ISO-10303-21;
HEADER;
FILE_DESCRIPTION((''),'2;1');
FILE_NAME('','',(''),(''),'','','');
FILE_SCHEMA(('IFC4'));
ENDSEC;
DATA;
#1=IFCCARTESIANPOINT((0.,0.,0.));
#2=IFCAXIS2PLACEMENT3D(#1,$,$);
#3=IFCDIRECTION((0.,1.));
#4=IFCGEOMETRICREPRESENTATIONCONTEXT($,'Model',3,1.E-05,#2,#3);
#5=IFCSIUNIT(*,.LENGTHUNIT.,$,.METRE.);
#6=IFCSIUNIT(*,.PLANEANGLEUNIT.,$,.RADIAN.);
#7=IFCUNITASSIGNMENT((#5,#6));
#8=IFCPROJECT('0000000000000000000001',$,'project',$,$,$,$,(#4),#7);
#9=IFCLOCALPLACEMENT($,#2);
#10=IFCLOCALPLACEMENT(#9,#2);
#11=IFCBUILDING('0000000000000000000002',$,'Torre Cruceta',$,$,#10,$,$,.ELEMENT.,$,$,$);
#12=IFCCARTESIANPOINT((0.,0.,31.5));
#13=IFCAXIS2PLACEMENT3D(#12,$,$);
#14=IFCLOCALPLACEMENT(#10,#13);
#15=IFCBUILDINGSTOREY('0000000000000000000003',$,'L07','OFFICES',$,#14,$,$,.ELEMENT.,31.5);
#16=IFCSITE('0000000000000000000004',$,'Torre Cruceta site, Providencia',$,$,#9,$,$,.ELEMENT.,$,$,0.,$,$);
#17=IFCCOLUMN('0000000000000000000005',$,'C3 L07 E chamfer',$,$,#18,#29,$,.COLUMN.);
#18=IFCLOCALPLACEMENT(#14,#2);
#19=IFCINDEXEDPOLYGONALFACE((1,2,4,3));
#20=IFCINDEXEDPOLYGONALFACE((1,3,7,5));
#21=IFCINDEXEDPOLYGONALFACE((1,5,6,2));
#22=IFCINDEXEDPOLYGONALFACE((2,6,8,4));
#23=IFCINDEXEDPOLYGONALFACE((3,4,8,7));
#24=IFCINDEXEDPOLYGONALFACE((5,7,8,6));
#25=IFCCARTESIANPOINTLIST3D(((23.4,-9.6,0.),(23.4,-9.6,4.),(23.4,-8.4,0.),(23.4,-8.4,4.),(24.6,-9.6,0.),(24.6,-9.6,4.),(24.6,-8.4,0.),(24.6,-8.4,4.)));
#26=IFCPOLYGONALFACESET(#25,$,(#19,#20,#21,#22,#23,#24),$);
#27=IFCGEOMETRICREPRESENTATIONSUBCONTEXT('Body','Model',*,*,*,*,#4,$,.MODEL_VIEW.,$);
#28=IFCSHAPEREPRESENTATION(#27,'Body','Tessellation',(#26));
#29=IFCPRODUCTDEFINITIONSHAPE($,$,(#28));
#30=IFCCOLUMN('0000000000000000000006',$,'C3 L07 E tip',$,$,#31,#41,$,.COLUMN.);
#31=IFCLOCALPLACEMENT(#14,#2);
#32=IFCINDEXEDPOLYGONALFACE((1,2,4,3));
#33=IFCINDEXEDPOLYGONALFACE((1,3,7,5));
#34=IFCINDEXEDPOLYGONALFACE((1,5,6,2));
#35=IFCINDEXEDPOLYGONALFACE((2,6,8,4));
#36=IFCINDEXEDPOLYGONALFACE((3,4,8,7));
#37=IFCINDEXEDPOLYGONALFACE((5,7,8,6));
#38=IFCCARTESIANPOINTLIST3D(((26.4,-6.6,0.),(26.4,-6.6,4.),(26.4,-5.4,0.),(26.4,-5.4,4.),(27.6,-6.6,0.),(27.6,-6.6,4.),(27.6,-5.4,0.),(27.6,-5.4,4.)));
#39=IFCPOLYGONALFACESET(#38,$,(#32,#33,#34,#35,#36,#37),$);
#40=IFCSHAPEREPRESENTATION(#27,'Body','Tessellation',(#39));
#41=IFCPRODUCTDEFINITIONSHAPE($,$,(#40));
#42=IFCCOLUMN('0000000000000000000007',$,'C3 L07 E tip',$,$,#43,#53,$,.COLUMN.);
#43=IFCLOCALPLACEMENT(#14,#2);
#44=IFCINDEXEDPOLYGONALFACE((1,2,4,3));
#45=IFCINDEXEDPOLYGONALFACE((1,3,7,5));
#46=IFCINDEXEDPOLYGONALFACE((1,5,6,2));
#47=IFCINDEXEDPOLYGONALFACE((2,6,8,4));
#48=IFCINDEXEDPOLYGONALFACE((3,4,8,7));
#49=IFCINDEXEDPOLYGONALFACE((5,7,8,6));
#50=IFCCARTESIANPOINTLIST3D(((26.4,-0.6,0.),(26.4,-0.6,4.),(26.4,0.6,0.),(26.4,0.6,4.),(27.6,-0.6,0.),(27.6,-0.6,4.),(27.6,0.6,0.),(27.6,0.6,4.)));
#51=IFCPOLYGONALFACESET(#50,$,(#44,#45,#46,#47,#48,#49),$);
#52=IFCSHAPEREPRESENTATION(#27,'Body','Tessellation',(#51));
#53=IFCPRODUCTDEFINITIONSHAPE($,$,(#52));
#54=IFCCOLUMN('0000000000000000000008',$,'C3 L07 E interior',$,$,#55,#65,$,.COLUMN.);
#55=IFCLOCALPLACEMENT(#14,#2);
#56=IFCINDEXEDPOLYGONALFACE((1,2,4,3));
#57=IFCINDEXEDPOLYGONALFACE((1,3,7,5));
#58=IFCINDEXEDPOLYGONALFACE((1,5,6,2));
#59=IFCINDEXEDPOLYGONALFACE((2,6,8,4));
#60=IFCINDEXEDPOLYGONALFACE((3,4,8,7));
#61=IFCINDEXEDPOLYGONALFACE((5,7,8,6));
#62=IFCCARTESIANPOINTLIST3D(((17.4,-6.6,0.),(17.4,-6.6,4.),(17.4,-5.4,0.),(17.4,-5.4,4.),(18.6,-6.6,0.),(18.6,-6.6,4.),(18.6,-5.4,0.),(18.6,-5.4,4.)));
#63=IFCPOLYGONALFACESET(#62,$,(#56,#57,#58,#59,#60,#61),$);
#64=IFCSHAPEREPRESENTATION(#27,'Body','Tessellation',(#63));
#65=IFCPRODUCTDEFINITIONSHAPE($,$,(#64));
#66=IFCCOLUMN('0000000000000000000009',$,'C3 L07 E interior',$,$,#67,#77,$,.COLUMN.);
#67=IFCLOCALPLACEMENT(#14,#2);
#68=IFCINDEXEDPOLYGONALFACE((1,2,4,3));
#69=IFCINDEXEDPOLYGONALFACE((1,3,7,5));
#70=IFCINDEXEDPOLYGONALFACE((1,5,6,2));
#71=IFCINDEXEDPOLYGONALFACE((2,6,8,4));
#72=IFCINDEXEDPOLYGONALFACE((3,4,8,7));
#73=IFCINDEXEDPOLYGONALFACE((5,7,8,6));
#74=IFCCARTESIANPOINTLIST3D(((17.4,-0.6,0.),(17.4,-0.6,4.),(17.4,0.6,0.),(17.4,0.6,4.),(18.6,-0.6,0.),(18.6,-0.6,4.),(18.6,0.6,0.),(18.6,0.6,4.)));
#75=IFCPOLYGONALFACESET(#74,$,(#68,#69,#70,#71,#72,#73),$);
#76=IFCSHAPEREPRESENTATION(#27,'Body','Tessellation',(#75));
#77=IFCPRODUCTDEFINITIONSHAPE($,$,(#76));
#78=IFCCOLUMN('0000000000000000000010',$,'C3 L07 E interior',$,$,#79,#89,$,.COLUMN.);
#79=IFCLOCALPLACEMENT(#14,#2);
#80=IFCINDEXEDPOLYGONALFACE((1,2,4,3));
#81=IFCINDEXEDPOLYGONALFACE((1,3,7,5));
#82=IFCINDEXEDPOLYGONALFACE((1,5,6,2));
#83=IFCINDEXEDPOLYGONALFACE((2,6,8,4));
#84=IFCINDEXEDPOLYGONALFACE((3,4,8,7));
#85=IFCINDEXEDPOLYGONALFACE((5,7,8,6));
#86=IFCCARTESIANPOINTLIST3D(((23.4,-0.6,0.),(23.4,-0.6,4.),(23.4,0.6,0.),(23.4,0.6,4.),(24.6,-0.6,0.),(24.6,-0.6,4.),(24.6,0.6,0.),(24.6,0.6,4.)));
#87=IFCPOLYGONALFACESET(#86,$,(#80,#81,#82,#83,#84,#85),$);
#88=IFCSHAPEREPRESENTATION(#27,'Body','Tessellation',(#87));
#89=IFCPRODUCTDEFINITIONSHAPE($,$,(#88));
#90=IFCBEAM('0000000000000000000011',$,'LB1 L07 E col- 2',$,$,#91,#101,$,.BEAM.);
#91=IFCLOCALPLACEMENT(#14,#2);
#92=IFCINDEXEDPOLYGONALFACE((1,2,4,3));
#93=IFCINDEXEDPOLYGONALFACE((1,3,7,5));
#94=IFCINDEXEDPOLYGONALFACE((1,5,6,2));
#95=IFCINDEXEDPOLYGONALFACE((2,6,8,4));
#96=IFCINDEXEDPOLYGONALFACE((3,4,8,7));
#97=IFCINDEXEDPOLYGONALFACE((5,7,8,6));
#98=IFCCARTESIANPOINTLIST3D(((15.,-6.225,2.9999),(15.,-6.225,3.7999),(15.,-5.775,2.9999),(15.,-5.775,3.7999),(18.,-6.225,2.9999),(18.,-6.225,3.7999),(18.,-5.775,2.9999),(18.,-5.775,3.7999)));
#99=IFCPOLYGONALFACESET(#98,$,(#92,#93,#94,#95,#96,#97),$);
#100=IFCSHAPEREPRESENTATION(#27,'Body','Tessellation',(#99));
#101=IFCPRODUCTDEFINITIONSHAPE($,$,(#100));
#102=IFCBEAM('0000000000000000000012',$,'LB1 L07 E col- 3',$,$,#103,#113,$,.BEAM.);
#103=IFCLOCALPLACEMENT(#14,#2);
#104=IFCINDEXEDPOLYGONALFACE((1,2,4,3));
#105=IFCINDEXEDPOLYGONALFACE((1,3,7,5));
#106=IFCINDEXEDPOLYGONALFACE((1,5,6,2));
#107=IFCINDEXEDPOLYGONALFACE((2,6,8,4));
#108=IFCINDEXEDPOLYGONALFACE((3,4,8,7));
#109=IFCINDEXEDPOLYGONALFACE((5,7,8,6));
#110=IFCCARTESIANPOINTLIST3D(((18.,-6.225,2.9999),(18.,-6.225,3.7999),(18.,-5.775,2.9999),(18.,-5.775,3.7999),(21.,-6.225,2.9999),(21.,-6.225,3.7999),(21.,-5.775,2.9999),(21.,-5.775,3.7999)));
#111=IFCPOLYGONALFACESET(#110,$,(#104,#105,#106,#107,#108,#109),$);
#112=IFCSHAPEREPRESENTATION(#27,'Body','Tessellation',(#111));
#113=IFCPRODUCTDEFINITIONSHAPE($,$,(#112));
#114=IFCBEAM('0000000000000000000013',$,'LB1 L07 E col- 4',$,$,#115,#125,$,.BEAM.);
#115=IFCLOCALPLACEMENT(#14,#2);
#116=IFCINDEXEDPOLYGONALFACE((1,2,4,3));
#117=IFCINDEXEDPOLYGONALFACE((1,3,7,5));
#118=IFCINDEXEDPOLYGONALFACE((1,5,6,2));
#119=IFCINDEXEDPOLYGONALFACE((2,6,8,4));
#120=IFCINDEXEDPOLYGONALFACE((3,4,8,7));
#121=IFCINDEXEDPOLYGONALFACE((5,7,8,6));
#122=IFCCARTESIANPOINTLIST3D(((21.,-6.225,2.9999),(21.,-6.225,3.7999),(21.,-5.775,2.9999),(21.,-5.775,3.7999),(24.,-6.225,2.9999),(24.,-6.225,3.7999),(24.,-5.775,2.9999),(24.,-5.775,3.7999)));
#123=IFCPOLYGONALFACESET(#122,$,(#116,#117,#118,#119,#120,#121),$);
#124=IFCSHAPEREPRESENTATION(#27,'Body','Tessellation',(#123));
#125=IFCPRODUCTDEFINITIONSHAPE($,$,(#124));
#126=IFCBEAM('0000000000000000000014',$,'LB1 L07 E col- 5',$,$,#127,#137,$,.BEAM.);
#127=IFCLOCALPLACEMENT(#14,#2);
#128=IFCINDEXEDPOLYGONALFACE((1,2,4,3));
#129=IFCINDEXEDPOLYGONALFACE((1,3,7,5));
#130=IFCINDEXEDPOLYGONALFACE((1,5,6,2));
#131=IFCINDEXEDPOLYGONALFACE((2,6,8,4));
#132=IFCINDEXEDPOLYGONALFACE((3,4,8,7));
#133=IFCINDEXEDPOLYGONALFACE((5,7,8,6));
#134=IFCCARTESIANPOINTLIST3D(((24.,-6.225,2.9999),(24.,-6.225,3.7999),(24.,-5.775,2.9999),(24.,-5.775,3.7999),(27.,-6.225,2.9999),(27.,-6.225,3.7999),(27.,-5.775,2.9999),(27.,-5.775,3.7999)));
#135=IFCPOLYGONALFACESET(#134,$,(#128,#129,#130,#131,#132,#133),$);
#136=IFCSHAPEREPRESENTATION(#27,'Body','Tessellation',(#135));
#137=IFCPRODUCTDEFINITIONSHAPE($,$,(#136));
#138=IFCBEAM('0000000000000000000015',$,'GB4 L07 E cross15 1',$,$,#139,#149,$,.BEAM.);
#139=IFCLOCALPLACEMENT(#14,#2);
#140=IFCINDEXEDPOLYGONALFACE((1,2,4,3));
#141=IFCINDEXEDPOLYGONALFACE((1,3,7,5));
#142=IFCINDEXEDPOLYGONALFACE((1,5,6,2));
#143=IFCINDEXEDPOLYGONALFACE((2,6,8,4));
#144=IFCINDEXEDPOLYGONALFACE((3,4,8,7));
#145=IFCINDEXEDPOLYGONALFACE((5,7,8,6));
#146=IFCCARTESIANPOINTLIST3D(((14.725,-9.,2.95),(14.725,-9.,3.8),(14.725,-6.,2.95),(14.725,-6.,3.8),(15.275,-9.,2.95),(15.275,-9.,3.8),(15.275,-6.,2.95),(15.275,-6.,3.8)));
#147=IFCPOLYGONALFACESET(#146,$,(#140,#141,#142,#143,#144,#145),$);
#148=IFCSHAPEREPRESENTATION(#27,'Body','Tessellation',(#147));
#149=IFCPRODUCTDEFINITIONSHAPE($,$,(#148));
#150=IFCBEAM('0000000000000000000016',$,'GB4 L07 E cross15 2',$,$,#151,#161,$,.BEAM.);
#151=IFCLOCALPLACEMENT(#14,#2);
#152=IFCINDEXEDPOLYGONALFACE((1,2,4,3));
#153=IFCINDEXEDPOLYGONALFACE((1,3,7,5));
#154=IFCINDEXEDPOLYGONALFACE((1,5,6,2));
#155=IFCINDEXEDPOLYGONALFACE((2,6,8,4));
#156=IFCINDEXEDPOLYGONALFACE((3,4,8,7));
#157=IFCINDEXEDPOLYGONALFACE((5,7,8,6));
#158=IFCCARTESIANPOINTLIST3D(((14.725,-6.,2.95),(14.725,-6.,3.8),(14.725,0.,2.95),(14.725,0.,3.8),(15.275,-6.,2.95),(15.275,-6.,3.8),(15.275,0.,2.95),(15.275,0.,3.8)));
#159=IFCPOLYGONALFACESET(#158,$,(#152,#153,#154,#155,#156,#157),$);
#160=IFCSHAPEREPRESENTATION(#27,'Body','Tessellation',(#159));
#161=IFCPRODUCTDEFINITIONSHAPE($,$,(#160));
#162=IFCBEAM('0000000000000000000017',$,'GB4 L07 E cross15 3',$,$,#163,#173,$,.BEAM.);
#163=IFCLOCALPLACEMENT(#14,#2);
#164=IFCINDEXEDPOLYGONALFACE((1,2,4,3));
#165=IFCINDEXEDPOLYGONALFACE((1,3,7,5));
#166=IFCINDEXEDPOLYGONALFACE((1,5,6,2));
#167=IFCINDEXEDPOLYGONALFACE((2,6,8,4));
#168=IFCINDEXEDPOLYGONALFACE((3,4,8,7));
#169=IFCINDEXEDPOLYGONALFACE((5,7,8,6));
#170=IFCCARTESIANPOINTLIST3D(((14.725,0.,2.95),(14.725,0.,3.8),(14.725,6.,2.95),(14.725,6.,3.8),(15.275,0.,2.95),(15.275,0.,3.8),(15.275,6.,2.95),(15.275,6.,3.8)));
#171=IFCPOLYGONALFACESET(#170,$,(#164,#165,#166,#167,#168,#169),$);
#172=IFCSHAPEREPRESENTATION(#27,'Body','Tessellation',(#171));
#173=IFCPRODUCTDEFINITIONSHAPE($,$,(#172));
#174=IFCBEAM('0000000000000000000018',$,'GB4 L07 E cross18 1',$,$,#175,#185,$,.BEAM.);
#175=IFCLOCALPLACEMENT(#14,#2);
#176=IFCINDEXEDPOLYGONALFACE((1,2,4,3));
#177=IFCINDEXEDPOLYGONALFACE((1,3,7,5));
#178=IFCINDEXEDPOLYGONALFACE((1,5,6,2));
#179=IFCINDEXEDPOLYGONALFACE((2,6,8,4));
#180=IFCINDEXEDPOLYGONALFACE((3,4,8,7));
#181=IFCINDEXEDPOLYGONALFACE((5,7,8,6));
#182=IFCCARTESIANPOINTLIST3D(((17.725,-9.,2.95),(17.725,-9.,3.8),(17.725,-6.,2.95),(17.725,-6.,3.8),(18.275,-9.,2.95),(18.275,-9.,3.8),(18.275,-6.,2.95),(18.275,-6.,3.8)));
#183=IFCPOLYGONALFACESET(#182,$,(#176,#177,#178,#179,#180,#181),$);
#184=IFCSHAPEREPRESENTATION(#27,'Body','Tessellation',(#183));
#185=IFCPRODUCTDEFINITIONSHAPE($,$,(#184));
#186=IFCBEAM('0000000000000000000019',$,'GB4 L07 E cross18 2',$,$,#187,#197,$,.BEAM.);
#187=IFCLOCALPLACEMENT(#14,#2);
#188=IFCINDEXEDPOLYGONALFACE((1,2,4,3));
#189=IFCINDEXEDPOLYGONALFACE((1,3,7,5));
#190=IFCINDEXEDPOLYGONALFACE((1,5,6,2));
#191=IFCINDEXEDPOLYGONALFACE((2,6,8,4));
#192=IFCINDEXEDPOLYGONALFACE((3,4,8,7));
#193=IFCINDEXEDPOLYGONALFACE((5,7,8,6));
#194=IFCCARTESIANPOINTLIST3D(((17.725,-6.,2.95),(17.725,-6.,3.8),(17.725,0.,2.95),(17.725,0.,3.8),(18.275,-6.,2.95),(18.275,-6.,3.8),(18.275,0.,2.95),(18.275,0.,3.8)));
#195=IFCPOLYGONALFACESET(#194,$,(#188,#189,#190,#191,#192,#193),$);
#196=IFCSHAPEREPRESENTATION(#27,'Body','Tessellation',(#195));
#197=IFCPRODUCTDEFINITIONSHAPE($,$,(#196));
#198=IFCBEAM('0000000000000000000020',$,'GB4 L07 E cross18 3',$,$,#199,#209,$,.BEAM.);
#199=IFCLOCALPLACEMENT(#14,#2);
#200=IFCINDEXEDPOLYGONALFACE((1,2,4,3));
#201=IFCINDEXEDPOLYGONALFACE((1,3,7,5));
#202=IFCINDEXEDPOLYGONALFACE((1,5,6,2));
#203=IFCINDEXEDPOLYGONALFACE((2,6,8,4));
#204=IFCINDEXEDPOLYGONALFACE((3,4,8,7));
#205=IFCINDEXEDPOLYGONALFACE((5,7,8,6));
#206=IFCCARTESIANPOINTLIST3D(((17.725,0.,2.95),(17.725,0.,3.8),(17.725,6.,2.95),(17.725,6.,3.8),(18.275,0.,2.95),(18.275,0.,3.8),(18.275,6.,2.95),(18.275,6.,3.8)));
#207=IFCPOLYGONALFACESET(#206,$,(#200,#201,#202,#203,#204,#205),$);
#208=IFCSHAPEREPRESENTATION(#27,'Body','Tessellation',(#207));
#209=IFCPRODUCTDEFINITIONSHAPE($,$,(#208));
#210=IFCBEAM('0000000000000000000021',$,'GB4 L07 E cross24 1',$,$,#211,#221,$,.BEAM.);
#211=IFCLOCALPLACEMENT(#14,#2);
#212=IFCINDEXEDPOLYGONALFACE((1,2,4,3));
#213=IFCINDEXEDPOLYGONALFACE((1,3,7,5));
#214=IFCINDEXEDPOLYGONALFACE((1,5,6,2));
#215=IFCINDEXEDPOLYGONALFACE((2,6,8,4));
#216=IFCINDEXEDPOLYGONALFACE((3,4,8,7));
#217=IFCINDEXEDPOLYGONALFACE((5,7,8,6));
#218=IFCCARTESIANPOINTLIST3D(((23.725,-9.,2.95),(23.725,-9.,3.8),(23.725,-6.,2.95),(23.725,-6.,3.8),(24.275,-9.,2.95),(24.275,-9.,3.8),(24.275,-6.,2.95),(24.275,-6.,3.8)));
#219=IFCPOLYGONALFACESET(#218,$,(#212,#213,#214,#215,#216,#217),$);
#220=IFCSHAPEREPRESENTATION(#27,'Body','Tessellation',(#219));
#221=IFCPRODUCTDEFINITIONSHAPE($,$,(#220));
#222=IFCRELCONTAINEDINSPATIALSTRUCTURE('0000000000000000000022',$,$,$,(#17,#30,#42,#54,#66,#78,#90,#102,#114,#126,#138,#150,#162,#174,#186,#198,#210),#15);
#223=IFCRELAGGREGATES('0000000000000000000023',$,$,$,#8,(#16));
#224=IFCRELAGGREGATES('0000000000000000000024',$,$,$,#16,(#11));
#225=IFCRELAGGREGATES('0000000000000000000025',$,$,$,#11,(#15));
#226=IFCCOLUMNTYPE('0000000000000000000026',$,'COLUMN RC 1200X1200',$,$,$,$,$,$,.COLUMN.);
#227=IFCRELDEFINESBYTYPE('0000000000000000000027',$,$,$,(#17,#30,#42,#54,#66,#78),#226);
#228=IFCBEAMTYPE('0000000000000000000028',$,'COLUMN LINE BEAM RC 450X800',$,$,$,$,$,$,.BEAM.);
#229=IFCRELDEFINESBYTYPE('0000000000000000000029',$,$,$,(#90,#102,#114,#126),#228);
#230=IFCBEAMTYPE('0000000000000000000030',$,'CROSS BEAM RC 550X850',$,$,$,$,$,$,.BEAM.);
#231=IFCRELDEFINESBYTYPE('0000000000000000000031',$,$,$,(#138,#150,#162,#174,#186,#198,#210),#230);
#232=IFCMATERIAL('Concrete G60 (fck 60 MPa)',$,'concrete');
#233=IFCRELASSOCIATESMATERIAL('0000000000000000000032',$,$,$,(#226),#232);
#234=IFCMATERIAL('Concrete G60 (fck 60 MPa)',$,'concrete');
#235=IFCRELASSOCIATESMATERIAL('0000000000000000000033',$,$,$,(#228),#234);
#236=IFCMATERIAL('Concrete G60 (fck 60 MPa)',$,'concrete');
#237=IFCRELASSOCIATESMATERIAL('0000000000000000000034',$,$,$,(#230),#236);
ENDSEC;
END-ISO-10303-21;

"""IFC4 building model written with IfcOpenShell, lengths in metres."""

from ifc_helpers import new_model, si_unit, direction, frame, origin, origin_2d, place, context, subcontext, project, spatial, rectangle, extrude, material, material_profile, profile_set, type_object, element, save


model = new_model("IFC4")

# Units and contexts
model_context = context("Model", 3, precision=1e-05, world=origin(), true_north=direction((0.0, 1.0)))
body_context = subcontext(model_context, "Body", "Model", "MODEL_VIEW")
ifc_project = project(units=[si_unit("LENGTHUNIT", "METRE"), si_unit("PLANEANGLEUNIT", "RADIAN")], contexts=[model_context])

# Site, building, storey
site_placement = place(None, origin())
site = spatial("IfcSite", under=ifc_project, at=site_placement, Name="Torre Cruceta site, Providencia", CompositionType="ELEMENT", RefElevation=0.0)
building_placement = place(site_placement, origin())
building = spatial("IfcBuilding", under=site, at=building_placement, Name="Torre Cruceta", CompositionType="ELEMENT")
storey_placement = place(building_placement, frame((0.0, 0.0, 31.5)))
storey = spatial("IfcBuildingStorey", under=building, at=storey_placement, Name="L07", Description="OFFICES", CompositionType="ELEMENT", Elevation=31.5)

# Columns
ifc_material_1 = material(Name="Concrete G60 (fck 60 MPa)", Category="concrete")
ifc_material_profile_1 = material_profile(ifc_material_1, rectangle(XDim=1.2, YDim=1.2, at=origin_2d()), Name="RC 1200X1200")
ifc_profile_set_1 = profile_set([ifc_material_profile_1], Name="Concrete G60 (fck 60 MPa)")
column_type = type_object("IfcColumnType", Name="COLUMN RC 1200X1200", PredefinedType="COLUMN", material=ifc_profile_set_1)
for number, where, z_axis, x_axis, name in (
    (1, (24.0, -9.0, 0.0), (0.0, 0.0, 1.0), (1.0, 0.0, 0.0), "C3 L07 E chamfer"),
    (2, (27.0, -6.0, 0.0), (0.0, 0.0, 1.0), (1.0, 0.0, 0.0), "C3 L07 E tip"),
    (3, (27.0, 0.0, 0.0), (0.0, 0.0, 1.0), (1.0, 0.0, 0.0), "C3 L07 E tip"),
    (4, (18.0, -6.0, 0.0), (0.0, 0.0, 1.0), (1.0, 0.0, 0.0), "C3 L07 E interior"),
    (5, (18.0, 0.0, 0.0), (0.0, 0.0, 1.0), (1.0, 0.0, 0.0), "C3 L07 E interior"),
    (6, (24.0, 0.0, 0.0), (0.0, 0.0, 1.0), (1.0, 0.0, 0.0), "C3 L07 E interior"),
):
    element("IfcColumn", number, at=place(storey_placement, frame(where, z_axis=z_axis, x_axis=x_axis)), inside=storey, type_object=column_type, Name=name, PredefinedType="COLUMN", context=body_context, shape_type="SweptSolid", body=[
        extrude(rectangle(XDim=1.2, YDim=1.2, at=origin_2d()), origin(), (0.0, 0.0, 1.0), 4.0),
    ])

# Beams
ifc_material_2 = material(Name="Concrete G60 (fck 60 MPa)", Category="concrete")
ifc_material_profile_2 = material_profile(ifc_material_2, rectangle(XDim=0.45, YDim=0.8, at=origin_2d()), Name="RC 450X800")
ifc_profile_set_2 = profile_set([ifc_material_profile_2], Name="Concrete G60 (fck 60 MPa)")
beam_type_1 = type_object("IfcBeamType", Name="COLUMN LINE BEAM RC 450X800", PredefinedType="BEAM", material=ifc_profile_set_2)
for number, where, z_axis, x_axis, name in (
    (7, (15.0, -6.0, 3.3999), (1.0, 0.0, 0.0), (0.0, 1.0, 0.0), "LB1 L07 E col- 2"),
    (8, (18.0, -6.0, 3.3999), (1.0, 0.0, 0.0), (0.0, 1.0, 0.0), "LB1 L07 E col- 3"),
    (9, (21.0, -6.0, 3.3999), (1.0, 0.0, 0.0), (0.0, 1.0, 0.0), "LB1 L07 E col- 4"),
    (10, (24.0, -6.0, 3.3999), (1.0, 0.0, 0.0), (0.0, 1.0, 0.0), "LB1 L07 E col- 5"),
):
    element("IfcBeam", number, at=place(storey_placement, frame(where, z_axis=z_axis, x_axis=x_axis)), inside=storey, type_object=beam_type_1, Name=name, PredefinedType="BEAM", context=body_context, shape_type="SweptSolid", body=[
        extrude(rectangle(XDim=0.45, YDim=0.8, at=origin_2d()), origin(), (0.0, 0.0, 1.0), 3.0),
    ])
ifc_material_3 = material(Name="Concrete G60 (fck 60 MPa)", Category="concrete")
ifc_material_profile_3 = material_profile(ifc_material_3, rectangle(XDim=0.55, YDim=0.8501, at=origin_2d()), Name="RC 550X850")
ifc_profile_set_3 = profile_set([ifc_material_profile_3], Name="Concrete G60 (fck 60 MPa)")
beam_type_2 = type_object("IfcBeamType", Name="CROSS BEAM RC 550X850", PredefinedType="BEAM", material=ifc_profile_set_3)
beam_1_placement = place(storey_placement, frame((15.0, -9.0, 3.375), z_axis=(0.0, 1.0, 0.0), x_axis=(-1.0, 0.0, 0.0)))
element("IfcBeam", 11, at=beam_1_placement, inside=storey, type_object=beam_type_2, Name="GB4 L07 E cross15 1", PredefinedType="BEAM", context=body_context, shape_type="SweptSolid", body=[
    extrude(rectangle(XDim=0.55, YDim=0.8501, at=origin_2d()), origin(), (0.0, 0.0, 1.0), 3.0),
])
for number, where, z_axis, x_axis, name in (
    (12, (15.0, -6.0, 3.375), (0.0, 1.0, 0.0), (-1.0, 0.0, 0.0), "GB4 L07 E cross15 2"),
    (13, (15.0, 0.0, 3.375), (0.0, 1.0, 0.0), (-1.0, 0.0, 0.0), "GB4 L07 E cross15 3"),
):
    element("IfcBeam", number, at=place(storey_placement, frame(where, z_axis=z_axis, x_axis=x_axis)), inside=storey, type_object=beam_type_2, Name=name, PredefinedType="BEAM", context=body_context, shape_type="SweptSolid", body=[
        extrude(rectangle(XDim=0.55, YDim=0.8501, at=origin_2d()), origin(), (0.0, 0.0, 1.0), 6.0),
    ])
beam_2_placement = place(storey_placement, frame((18.0, -9.0, 3.375), z_axis=(0.0, 1.0, 0.0), x_axis=(-1.0, 0.0, 0.0)))
element("IfcBeam", 14, at=beam_2_placement, inside=storey, type_object=beam_type_2, Name="GB4 L07 E cross18 1", PredefinedType="BEAM", context=body_context, shape_type="SweptSolid", body=[
    extrude(rectangle(XDim=0.55, YDim=0.8501, at=origin_2d()), origin(), (0.0, 0.0, 1.0), 3.0),
])
for number, where, z_axis, x_axis, name in (
    (15, (18.0, -6.0, 3.375), (0.0, 1.0, 0.0), (-1.0, 0.0, 0.0), "GB4 L07 E cross18 2"),
    (16, (18.0, 0.0, 3.375), (0.0, 1.0, 0.0), (-1.0, 0.0, 0.0), "GB4 L07 E cross18 3"),
):
    element("IfcBeam", number, at=place(storey_placement, frame(where, z_axis=z_axis, x_axis=x_axis)), inside=storey, type_object=beam_type_2, Name=name, PredefinedType="BEAM", context=body_context, shape_type="SweptSolid", body=[
        extrude(rectangle(XDim=0.55, YDim=0.8501, at=origin_2d()), origin(), (0.0, 0.0, 1.0), 6.0),
    ])
beam_3_placement = place(storey_placement, frame((24.0, -9.0, 3.375), z_axis=(0.0, 1.0, 0.0), x_axis=(-1.0, 0.0, 0.0)))
element("IfcBeam", 17, at=beam_3_placement, inside=storey, type_object=beam_type_2, Name="GB4 L07 E cross24 1", PredefinedType="BEAM", context=body_context, shape_type="SweptSolid", body=[
    extrude(rectangle(XDim=0.55, YDim=0.8501, at=origin_2d()), origin(), (0.0, 0.0, 1.0), 3.0),
])

save(model, "model.ifc")
